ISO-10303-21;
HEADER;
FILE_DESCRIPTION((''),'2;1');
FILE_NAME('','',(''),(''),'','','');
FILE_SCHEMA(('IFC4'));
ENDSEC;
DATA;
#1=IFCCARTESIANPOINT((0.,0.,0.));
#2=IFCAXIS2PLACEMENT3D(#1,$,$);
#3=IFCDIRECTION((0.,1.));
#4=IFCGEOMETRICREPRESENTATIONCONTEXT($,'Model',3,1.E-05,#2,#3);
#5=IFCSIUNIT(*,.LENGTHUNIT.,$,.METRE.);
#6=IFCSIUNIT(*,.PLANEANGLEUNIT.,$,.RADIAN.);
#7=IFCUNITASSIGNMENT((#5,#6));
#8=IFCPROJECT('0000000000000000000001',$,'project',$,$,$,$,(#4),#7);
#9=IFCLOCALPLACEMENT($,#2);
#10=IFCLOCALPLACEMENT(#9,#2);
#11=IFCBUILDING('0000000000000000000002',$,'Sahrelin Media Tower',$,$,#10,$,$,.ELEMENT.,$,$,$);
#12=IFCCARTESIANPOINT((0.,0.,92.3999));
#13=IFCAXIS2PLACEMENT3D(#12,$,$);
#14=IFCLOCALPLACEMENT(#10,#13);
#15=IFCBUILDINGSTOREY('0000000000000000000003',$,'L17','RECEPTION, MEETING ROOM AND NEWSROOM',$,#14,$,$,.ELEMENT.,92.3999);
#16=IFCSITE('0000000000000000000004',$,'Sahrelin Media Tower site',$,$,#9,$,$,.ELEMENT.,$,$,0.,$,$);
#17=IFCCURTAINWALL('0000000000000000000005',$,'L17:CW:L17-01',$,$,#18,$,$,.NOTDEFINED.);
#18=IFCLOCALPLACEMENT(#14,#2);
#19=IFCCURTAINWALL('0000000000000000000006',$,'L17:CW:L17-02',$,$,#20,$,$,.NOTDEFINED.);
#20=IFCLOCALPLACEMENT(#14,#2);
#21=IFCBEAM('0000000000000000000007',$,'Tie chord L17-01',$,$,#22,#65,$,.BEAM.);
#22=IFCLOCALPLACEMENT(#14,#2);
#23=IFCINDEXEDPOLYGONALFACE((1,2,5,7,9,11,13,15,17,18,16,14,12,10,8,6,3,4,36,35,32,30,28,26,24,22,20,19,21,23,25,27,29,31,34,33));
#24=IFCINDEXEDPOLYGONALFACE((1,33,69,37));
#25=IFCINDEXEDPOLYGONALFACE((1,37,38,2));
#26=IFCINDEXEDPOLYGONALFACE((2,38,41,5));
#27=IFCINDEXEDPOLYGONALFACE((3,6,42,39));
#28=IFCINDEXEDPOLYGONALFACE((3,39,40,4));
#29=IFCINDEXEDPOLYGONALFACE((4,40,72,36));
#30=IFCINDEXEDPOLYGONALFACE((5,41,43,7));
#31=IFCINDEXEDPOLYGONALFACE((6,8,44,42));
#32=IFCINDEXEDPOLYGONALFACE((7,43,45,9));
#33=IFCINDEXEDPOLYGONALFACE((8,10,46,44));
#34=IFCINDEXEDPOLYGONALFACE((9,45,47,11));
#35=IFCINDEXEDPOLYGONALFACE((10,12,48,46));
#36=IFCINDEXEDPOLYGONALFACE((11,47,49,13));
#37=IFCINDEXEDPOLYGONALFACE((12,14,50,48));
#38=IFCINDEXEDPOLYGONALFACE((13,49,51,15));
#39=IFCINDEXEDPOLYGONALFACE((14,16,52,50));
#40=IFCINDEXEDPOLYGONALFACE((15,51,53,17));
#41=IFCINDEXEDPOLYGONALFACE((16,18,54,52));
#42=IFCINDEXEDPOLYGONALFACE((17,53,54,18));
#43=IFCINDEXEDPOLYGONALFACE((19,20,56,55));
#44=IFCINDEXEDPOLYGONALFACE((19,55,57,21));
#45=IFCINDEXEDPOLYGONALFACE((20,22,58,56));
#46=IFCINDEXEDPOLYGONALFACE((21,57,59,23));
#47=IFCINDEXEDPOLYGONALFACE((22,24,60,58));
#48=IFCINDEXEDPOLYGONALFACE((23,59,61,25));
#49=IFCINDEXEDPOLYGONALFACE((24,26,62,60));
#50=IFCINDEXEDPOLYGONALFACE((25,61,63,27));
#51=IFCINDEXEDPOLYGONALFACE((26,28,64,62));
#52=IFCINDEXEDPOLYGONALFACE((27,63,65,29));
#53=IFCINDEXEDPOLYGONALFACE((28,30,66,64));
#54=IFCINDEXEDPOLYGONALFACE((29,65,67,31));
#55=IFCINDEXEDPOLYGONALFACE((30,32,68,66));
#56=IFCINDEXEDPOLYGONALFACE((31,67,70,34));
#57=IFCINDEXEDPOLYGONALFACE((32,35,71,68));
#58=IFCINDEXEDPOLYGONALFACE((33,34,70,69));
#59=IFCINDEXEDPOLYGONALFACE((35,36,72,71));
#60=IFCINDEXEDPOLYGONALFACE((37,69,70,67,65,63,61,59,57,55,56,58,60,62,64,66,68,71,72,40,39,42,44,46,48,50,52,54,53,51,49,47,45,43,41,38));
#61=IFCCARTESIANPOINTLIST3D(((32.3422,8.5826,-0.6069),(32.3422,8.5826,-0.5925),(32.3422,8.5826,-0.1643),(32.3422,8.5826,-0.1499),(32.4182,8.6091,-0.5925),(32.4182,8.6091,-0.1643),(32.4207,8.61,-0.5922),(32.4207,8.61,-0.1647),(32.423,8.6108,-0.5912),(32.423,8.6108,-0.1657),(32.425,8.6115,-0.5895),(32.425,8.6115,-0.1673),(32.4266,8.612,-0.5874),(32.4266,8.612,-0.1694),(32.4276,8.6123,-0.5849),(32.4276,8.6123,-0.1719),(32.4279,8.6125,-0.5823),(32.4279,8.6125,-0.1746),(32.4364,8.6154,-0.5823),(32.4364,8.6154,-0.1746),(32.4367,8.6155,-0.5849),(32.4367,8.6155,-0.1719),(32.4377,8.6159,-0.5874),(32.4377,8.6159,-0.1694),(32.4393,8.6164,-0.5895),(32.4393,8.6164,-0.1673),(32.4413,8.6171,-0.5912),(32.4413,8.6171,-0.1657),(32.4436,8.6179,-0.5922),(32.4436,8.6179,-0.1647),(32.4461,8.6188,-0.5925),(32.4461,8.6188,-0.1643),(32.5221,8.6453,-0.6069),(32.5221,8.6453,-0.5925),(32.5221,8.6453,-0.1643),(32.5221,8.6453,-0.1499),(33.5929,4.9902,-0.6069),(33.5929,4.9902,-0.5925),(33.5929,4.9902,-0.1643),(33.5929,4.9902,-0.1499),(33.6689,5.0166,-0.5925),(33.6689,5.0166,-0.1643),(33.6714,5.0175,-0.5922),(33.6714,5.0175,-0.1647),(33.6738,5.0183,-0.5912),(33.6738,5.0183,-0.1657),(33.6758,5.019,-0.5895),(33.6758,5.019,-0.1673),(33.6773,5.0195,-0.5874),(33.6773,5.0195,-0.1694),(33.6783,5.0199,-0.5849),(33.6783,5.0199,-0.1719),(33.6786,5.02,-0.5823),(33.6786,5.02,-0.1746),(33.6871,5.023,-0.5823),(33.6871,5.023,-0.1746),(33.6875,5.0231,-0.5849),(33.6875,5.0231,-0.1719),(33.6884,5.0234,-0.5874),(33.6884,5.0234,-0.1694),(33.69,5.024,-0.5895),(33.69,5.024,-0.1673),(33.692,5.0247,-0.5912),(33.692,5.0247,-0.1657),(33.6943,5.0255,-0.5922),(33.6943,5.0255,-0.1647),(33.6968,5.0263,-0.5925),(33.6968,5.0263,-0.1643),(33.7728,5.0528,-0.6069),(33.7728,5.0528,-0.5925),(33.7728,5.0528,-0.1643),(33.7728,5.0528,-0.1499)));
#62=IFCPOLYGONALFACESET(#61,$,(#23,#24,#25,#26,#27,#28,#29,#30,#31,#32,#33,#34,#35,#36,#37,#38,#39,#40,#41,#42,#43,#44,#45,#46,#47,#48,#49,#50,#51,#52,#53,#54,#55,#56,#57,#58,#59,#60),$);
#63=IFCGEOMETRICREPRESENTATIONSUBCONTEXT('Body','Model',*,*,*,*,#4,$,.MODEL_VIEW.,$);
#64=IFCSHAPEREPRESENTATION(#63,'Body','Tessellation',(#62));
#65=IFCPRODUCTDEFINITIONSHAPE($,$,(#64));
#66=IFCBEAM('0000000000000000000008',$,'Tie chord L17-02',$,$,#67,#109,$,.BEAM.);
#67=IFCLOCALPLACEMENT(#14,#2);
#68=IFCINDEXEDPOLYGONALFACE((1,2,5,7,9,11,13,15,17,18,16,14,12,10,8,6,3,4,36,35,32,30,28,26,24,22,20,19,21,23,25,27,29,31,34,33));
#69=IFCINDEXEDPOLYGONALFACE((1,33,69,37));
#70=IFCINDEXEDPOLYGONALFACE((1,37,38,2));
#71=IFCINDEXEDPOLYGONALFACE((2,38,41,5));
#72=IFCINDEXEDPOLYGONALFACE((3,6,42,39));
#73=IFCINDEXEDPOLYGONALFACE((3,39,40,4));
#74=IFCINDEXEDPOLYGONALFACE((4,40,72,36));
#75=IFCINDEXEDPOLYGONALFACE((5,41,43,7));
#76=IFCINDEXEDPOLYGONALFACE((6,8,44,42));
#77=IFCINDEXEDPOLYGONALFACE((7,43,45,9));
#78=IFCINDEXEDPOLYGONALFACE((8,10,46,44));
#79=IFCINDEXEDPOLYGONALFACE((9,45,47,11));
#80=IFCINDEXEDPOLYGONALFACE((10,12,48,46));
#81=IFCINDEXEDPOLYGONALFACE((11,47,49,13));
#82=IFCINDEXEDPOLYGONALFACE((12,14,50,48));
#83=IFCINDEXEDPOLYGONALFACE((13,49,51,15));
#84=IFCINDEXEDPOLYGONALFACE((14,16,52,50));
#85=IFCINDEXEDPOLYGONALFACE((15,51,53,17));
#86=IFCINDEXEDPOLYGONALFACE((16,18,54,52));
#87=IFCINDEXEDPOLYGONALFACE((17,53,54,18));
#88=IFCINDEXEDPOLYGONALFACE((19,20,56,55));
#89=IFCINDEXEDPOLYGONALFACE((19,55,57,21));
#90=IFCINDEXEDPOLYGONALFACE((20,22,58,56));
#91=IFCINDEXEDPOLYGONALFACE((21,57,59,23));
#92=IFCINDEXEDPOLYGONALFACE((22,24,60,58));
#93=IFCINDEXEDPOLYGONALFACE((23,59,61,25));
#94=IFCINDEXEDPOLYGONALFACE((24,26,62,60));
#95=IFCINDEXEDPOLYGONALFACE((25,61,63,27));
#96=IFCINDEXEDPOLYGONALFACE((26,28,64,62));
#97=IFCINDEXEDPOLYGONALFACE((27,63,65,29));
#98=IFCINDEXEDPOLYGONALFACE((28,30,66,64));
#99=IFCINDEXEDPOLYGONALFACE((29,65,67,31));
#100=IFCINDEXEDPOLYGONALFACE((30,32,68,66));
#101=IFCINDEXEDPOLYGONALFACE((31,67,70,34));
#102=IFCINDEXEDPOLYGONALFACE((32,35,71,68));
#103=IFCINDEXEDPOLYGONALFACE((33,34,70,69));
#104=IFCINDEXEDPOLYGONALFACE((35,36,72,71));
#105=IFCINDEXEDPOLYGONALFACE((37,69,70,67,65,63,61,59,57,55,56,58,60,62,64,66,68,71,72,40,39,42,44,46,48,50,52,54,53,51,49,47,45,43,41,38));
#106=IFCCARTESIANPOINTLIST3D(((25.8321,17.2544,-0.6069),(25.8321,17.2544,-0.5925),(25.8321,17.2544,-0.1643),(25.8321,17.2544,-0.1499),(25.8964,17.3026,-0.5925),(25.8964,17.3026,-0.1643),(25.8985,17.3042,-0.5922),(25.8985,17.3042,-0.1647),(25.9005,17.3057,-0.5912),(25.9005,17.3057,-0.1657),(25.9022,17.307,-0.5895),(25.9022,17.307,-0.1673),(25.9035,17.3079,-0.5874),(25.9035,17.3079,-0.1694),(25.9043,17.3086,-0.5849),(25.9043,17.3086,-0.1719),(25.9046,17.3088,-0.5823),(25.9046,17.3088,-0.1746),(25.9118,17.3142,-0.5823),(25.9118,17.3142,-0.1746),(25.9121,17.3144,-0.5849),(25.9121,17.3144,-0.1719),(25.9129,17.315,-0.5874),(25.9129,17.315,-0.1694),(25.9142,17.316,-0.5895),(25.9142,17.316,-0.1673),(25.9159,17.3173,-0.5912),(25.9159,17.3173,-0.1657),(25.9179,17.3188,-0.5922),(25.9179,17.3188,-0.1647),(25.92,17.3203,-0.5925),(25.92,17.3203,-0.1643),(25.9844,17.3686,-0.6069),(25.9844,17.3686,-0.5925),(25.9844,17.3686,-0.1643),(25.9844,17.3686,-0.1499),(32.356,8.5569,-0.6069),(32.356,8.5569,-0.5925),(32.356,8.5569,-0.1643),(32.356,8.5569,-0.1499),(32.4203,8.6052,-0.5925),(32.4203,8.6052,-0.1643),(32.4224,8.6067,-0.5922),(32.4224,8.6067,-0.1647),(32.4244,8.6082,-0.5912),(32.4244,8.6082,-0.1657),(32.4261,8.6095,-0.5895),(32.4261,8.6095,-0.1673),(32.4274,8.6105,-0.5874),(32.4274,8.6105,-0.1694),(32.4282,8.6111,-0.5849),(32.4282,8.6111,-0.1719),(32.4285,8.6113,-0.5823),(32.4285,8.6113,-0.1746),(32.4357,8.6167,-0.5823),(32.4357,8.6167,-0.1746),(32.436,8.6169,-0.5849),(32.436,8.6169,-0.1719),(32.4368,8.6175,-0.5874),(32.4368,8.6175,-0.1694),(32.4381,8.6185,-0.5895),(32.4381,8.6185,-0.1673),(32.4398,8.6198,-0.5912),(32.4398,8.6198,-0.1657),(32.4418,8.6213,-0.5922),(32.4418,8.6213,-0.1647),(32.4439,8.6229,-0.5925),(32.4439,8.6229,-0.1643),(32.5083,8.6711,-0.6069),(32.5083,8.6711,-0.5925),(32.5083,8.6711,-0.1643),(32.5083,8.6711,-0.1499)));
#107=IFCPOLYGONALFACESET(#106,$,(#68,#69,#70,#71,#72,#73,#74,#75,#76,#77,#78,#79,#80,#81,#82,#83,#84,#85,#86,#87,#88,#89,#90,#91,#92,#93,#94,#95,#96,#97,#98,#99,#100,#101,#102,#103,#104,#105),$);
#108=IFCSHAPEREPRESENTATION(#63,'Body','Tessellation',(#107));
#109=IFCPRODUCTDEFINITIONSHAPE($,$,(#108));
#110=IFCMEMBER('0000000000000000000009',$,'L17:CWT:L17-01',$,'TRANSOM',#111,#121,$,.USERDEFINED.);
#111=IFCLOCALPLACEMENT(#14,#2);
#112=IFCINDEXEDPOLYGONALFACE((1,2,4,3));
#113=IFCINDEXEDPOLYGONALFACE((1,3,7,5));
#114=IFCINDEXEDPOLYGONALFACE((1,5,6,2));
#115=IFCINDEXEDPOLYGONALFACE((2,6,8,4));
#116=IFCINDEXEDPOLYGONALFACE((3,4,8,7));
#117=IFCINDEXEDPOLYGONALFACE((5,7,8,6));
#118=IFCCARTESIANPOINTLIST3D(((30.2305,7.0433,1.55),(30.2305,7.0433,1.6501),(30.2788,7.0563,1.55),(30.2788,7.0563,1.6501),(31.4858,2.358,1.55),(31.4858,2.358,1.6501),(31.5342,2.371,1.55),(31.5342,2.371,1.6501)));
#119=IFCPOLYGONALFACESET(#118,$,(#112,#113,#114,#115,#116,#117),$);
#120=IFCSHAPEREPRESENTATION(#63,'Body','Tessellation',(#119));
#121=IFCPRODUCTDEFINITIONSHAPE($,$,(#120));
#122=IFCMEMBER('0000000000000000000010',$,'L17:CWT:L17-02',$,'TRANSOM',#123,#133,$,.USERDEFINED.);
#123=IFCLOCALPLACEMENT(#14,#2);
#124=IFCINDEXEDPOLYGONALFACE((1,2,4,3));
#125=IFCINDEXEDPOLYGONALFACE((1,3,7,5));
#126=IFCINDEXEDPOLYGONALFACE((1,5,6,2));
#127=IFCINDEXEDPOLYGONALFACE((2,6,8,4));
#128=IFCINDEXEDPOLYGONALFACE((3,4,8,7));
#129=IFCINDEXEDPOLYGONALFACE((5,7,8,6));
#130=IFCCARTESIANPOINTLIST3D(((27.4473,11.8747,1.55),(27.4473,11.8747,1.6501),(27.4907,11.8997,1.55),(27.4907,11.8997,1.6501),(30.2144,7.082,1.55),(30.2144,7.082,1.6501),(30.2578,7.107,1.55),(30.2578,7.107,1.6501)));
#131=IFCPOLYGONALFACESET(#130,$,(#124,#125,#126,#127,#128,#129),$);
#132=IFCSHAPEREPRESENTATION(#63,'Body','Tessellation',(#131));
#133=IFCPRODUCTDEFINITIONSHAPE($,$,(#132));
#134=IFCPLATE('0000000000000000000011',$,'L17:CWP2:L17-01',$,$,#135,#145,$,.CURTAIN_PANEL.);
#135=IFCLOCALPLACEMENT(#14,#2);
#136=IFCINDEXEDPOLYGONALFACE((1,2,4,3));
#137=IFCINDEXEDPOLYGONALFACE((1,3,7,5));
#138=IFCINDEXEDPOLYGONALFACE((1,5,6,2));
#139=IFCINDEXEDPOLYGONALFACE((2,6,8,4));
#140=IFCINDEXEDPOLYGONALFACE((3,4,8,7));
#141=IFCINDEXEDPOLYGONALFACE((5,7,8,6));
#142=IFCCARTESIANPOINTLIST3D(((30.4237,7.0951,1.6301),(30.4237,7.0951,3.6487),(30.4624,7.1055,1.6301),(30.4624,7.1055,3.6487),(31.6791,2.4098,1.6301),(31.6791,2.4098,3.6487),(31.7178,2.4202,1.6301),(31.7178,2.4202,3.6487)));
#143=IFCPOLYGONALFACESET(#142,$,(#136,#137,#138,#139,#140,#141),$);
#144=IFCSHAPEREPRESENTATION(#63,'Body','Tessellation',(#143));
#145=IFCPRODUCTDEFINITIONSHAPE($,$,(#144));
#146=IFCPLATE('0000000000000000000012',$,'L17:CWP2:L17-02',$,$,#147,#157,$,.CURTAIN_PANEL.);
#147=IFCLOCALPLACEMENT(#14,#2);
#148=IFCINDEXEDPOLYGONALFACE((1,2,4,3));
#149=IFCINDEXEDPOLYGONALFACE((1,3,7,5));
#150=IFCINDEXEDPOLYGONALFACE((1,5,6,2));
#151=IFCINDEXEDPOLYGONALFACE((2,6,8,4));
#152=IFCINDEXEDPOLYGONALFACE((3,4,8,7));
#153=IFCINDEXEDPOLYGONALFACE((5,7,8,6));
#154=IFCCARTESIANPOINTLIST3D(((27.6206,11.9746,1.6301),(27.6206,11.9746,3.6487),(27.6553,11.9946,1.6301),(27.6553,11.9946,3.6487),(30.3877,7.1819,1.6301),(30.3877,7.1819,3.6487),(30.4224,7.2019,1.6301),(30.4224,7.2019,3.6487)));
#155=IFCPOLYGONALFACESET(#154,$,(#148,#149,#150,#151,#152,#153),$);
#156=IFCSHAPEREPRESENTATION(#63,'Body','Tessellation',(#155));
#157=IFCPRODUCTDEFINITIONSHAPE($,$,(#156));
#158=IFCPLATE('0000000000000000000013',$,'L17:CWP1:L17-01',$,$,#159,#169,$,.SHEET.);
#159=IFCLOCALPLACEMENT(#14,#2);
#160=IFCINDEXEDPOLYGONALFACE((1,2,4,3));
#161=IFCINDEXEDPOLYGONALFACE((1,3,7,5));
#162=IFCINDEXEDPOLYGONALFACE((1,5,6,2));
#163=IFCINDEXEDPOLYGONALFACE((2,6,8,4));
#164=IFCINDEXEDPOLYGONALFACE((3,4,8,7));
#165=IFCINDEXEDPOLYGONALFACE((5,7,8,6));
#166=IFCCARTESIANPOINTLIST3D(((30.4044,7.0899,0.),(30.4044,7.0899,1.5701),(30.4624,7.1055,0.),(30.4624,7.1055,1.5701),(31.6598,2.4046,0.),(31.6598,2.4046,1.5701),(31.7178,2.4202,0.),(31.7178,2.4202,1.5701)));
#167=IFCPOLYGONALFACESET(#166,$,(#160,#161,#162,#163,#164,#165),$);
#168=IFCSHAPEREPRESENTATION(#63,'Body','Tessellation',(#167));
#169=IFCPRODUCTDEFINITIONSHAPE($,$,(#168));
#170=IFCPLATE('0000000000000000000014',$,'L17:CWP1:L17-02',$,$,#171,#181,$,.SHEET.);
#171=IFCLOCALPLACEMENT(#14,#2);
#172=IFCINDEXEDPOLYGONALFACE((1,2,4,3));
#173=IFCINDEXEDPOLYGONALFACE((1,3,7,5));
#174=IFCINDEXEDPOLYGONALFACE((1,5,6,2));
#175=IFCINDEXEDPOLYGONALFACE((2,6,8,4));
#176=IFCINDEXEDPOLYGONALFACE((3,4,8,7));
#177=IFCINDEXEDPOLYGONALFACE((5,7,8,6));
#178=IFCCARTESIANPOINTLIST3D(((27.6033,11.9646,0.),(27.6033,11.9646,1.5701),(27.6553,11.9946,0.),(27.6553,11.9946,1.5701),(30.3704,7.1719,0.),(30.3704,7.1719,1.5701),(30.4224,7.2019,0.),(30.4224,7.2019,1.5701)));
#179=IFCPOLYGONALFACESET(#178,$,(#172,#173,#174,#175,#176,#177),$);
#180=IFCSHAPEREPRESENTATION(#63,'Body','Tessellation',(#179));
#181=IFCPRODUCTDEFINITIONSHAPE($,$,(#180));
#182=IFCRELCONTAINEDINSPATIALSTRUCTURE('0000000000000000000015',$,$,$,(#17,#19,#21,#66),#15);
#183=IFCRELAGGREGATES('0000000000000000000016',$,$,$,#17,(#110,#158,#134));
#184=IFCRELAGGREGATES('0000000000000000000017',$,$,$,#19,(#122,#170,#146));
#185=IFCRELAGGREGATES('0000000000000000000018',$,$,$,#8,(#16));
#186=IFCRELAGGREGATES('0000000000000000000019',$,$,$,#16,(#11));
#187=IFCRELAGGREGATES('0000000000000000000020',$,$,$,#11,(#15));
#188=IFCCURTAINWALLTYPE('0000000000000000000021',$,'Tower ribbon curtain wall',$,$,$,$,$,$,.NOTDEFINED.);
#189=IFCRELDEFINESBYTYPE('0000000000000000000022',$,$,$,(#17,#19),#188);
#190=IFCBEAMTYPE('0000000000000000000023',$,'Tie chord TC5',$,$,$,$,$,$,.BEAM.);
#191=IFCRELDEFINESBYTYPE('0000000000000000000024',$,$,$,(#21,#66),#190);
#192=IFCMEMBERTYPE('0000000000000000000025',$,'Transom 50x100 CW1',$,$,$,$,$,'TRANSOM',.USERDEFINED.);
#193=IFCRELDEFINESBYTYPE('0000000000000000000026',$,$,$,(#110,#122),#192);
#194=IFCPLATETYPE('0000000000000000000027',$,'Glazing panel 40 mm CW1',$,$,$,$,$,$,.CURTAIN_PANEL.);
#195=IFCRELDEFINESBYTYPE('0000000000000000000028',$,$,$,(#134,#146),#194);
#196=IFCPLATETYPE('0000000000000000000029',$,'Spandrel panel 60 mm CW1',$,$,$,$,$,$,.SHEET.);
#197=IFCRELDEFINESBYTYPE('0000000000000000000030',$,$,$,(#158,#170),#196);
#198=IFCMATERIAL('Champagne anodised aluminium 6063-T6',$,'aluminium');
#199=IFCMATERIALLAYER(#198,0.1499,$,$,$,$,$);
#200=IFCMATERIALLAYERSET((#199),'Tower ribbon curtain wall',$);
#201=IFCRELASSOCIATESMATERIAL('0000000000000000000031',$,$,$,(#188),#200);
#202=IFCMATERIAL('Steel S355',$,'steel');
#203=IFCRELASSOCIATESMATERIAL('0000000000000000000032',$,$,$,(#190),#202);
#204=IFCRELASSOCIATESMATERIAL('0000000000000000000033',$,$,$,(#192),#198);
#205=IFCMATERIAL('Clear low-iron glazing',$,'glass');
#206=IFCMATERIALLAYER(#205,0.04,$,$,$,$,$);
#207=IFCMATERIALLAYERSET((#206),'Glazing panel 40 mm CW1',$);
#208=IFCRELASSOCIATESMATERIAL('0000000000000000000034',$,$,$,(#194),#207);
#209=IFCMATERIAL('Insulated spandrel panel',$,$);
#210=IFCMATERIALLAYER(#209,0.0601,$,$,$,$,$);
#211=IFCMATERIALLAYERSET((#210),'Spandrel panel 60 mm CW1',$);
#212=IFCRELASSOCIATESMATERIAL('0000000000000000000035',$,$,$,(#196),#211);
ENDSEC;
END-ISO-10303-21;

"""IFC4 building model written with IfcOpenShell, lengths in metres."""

from ifc_helpers import new_model, si_unit, direction, frame, origin, origin_2d, place, context, subcontext, project, spatial, polyline, rectangle, i_section, outline, extrude, material, layer, layer_set, material_profile, profile_set, type_object, element, aggregate, save


model = new_model("IFC4")

# Units and contexts
model_context = context("Model", 3, precision=1e-05, world=origin(), true_north=direction((0.0, 1.0)))
body_context = subcontext(model_context, "Body", "Model", "MODEL_VIEW")
ifc_project = project(units=[si_unit("LENGTHUNIT", "METRE"), si_unit("PLANEANGLEUNIT", "RADIAN")], contexts=[model_context])

# Site, building, storey
site_placement = place(None, origin())
site = spatial("IfcSite", under=ifc_project, at=site_placement, Name="Sahrelin Media Tower site", CompositionType="ELEMENT", RefElevation=0.0)
building_placement = place(site_placement, origin())
building = spatial("IfcBuilding", under=site, at=building_placement, Name="Sahrelin Media Tower", CompositionType="ELEMENT")
storey_placement = place(building_placement, frame((0.0, 0.0, 92.3999)))
storey = spatial("IfcBuildingStorey", under=building, at=storey_placement, Name="L17", Description="RECEPTION, MEETING ROOM AND NEWSROOM", CompositionType="ELEMENT", Elevation=92.3999)

# Shared definitions
ifc_material_1 = material(Name="Steel S355", Category="steel")

# Curtain walls
ifc_material_2 = material(Name="Champagne anodised aluminium 6063-T6", Category="aluminium")
ifc_layer_1 = layer(ifc_material_2, 0.1499)
ifc_layer_set_1 = layer_set([ifc_layer_1], Name="Tower ribbon curtain wall")
curtain_wall_type = type_object("IfcCurtainWallType", Name="Tower ribbon curtain wall", PredefinedType="NOTDEFINED", material=ifc_layer_set_1)
curtain_wall_1_placement = place(storey_placement, frame((31.0708, 4.7576, 0.0), z_axis=(0.0, 0.0, 1.0), x_axis=(1.0, 0.0, 0.0)))
curtain_wall_1 = element("IfcCurtainWall", 1, at=curtain_wall_1_placement, inside=storey, type_object=curtain_wall_type, Name="L17:CW:L17-01", PredefinedType="NOTDEFINED")
curtain_wall_2_placement = place(storey_placement, frame((29.0215, 9.5884, 0.0), z_axis=(0.0, 0.0, 1.0), x_axis=(1.0, 0.0, 0.0)))
curtain_wall_2 = element("IfcCurtainWall", 2, at=curtain_wall_2_placement, inside=storey, type_object=curtain_wall_type, Name="L17:CW:L17-02", PredefinedType="NOTDEFINED")

# Beams
ifc_material_profile_1 = material_profile(ifc_material_1, i_section(OverallWidth=0.1904, OverallDepth=0.457, WebThickness=0.009, FlangeThickness=0.0144, FilletRadius=0.0103, at=origin_2d()), Name="UB 457x191x74")
ifc_profile_set_1 = profile_set([ifc_material_profile_1], Name="Steel S355")
beam_type_1 = type_object("IfcBeamType", Name="Tie chord TC5", PredefinedType="BEAM", material=ifc_profile_set_1)
beam_1_placement = place(storey_placement, frame((33.6829, 5.0215, -0.3784), z_axis=(-0.328792, 0.944402, 0.0), x_axis=(-0.944402, -0.328792, 0.0)))
element("IfcBeam", 3, at=beam_1_placement, inside=storey, type_object=beam_type_1, Name="Tie chord L17-01", PredefinedType="BEAM", context=body_context, shape_type="SweptSolid", body=[
    extrude(i_section(OverallWidth=0.1904, OverallDepth=0.457, WebThickness=0.009, FlangeThickness=0.0144, FilletRadius=0.0103, at=origin_2d()), origin(), (0.0, 0.0, 1.0), 3.804),
])
beam_2_placement = place(storey_placement, frame((32.4321, 8.614, -0.3784), z_axis=(-0.600047, 0.799965, 0.0), x_axis=(-0.799965, -0.600047, 0.0)))
element("IfcBeam", 4, at=beam_2_placement, inside=storey, type_object=beam_type_1, Name="Tie chord L17-02", PredefinedType="BEAM", context=body_context, shape_type="SweptSolid", body=[
    extrude(i_section(OverallWidth=0.1904, OverallDepth=0.457, WebThickness=0.009, FlangeThickness=0.0144, FilletRadius=0.0103, at=origin_2d()), origin(), (0.0, 0.0, 1.0), 10.8723),
])

# Members
ifc_material_profile_2 = material_profile(ifc_material_2, rectangle(XDim=0.05, YDim=0.1001, at=origin_2d()), Name="Transom 50x100")
ifc_profile_set_2 = profile_set([ifc_material_profile_2], Name="Champagne anodised aluminium 6063-T6")
member_type_1 = type_object("IfcMemberType", Name="Transom 50x100 CW1", ElementType="TRANSOM", PredefinedType="USERDEFINED", material=ifc_profile_set_2)
member_1_placement = place(storey_placement, frame((31.51, 2.3645, 1.6001), z_axis=(-0.258809, 0.965929, 0.0), x_axis=(-0.965929, -0.258809, 0.0)))
member_1 = element("IfcMember", 5, at=member_1_placement, type_object=member_type_1, Name="L17:CWT:L17-01", ObjectType="TRANSOM", PredefinedType="USERDEFINED", context=body_context, shape_type="SweptSolid", body=[
    extrude(rectangle(XDim=0.05, YDim=0.1001, at=origin_2d()), origin(), (0.0, 0.0, 1.0), 4.8506),
])
member_2_placement = place(storey_placement, frame((30.2361, 7.0945, 1.6001), z_axis=(-0.500001, 0.866025, 0.0), x_axis=(-0.866025, -0.500001, 0.0)))
member_2 = element("IfcMember", 6, at=member_2_placement, type_object=member_type_1, Name="L17:CWT:L17-02", ObjectType="TRANSOM", PredefinedType="USERDEFINED", context=body_context, shape_type="SweptSolid", body=[
    extrude(rectangle(XDim=0.05, YDim=0.1001, at=origin_2d()), origin(), (0.0, 0.0, 1.0), 5.5342),
])

# Plates
ifc_material_3 = material(Name="Clear low-iron glazing", Category="glass")
ifc_layer_2 = layer(ifc_material_3, 0.04)
ifc_layer_set_2 = layer_set([ifc_layer_2], Name="Glazing panel 40 mm CW1")
plate_type_1 = type_object("IfcPlateType", Name="Glazing panel 40 mm CW1", PredefinedType="CURTAIN_PANEL", material=ifc_layer_set_2)
plate_1_placement = place(storey_placement, frame((31.7178, 2.4202, 1.6301), z_axis=(0.965929, 0.258809, 0.0), x_axis=(-0.258809, 0.965929, 0.0)))
plate_1 = element("IfcPlate", 7, at=plate_1_placement, type_object=plate_type_1, Name="L17:CWP2:L17-01", PredefinedType="CURTAIN_PANEL", context=body_context, shape_type="SweptSolid", body=[
    extrude(outline(polyline([(0.0, 0.0), (4.8506, 0.0), (4.8506, 2.0186), (0.0, 2.0186), (0.0, 0.0)])), origin(), (0.0, 0.0, -1.0), 0.04),
])
plate_2_placement = place(storey_placement, frame((30.4224, 7.2019, 1.6301), z_axis=(0.866025, 0.500001, 0.0), x_axis=(-0.500001, 0.866025, 0.0)))
plate_2 = element("IfcPlate", 8, at=plate_2_placement, type_object=plate_type_1, Name="L17:CWP2:L17-02", PredefinedType="CURTAIN_PANEL", context=body_context, shape_type="SweptSolid", body=[
    extrude(outline(polyline([(0.0, 0.0), (5.5342, 0.0), (5.5342, 2.0186), (0.0, 2.0186), (0.0, 0.0)])), origin(), (0.0, 0.0, -1.0), 0.04),
])
ifc_material_4 = material(Name="Insulated spandrel panel")
ifc_layer_3 = layer(ifc_material_4, 0.0601)
ifc_layer_set_3 = layer_set([ifc_layer_3], Name="Spandrel panel 60 mm CW1")
plate_type_2 = type_object("IfcPlateType", Name="Spandrel panel 60 mm CW1", PredefinedType="SHEET", material=ifc_layer_set_3)
plate_3_placement = place(storey_placement, frame((31.7178, 2.4202, 0.0), z_axis=(0.965929, 0.258809, 0.0), x_axis=(-0.258809, 0.965929, 0.0)))
plate_3 = element("IfcPlate", 9, at=plate_3_placement, type_object=plate_type_2, Name="L17:CWP1:L17-01", PredefinedType="SHEET", context=body_context, shape_type="SweptSolid", body=[
    extrude(outline(polyline([(0.0, 0.0), (4.8506, 0.0), (4.8506, 1.5701), (0.0, 1.5701), (0.0, 0.0)])), origin(), (0.0, 0.0, -1.0), 0.0601),
])
aggregate(curtain_wall_1, [member_1, plate_3, plate_1])
plate_4_placement = place(storey_placement, frame((30.4224, 7.2019, 0.0), z_axis=(0.866025, 0.500001, 0.0), x_axis=(-0.500001, 0.866025, 0.0)))
plate_4 = element("IfcPlate", 10, at=plate_4_placement, type_object=plate_type_2, Name="L17:CWP1:L17-02", PredefinedType="SHEET", context=body_context, shape_type="SweptSolid", body=[
    extrude(outline(polyline([(0.0, 0.0), (5.5342, 0.0), (5.5342, 1.5701), (0.0, 1.5701), (0.0, 0.0)])), origin(), (0.0, 0.0, -1.0), 0.0601),
])
aggregate(curtain_wall_2, [member_2, plate_4, plate_2])

save(model, "model.ifc")
